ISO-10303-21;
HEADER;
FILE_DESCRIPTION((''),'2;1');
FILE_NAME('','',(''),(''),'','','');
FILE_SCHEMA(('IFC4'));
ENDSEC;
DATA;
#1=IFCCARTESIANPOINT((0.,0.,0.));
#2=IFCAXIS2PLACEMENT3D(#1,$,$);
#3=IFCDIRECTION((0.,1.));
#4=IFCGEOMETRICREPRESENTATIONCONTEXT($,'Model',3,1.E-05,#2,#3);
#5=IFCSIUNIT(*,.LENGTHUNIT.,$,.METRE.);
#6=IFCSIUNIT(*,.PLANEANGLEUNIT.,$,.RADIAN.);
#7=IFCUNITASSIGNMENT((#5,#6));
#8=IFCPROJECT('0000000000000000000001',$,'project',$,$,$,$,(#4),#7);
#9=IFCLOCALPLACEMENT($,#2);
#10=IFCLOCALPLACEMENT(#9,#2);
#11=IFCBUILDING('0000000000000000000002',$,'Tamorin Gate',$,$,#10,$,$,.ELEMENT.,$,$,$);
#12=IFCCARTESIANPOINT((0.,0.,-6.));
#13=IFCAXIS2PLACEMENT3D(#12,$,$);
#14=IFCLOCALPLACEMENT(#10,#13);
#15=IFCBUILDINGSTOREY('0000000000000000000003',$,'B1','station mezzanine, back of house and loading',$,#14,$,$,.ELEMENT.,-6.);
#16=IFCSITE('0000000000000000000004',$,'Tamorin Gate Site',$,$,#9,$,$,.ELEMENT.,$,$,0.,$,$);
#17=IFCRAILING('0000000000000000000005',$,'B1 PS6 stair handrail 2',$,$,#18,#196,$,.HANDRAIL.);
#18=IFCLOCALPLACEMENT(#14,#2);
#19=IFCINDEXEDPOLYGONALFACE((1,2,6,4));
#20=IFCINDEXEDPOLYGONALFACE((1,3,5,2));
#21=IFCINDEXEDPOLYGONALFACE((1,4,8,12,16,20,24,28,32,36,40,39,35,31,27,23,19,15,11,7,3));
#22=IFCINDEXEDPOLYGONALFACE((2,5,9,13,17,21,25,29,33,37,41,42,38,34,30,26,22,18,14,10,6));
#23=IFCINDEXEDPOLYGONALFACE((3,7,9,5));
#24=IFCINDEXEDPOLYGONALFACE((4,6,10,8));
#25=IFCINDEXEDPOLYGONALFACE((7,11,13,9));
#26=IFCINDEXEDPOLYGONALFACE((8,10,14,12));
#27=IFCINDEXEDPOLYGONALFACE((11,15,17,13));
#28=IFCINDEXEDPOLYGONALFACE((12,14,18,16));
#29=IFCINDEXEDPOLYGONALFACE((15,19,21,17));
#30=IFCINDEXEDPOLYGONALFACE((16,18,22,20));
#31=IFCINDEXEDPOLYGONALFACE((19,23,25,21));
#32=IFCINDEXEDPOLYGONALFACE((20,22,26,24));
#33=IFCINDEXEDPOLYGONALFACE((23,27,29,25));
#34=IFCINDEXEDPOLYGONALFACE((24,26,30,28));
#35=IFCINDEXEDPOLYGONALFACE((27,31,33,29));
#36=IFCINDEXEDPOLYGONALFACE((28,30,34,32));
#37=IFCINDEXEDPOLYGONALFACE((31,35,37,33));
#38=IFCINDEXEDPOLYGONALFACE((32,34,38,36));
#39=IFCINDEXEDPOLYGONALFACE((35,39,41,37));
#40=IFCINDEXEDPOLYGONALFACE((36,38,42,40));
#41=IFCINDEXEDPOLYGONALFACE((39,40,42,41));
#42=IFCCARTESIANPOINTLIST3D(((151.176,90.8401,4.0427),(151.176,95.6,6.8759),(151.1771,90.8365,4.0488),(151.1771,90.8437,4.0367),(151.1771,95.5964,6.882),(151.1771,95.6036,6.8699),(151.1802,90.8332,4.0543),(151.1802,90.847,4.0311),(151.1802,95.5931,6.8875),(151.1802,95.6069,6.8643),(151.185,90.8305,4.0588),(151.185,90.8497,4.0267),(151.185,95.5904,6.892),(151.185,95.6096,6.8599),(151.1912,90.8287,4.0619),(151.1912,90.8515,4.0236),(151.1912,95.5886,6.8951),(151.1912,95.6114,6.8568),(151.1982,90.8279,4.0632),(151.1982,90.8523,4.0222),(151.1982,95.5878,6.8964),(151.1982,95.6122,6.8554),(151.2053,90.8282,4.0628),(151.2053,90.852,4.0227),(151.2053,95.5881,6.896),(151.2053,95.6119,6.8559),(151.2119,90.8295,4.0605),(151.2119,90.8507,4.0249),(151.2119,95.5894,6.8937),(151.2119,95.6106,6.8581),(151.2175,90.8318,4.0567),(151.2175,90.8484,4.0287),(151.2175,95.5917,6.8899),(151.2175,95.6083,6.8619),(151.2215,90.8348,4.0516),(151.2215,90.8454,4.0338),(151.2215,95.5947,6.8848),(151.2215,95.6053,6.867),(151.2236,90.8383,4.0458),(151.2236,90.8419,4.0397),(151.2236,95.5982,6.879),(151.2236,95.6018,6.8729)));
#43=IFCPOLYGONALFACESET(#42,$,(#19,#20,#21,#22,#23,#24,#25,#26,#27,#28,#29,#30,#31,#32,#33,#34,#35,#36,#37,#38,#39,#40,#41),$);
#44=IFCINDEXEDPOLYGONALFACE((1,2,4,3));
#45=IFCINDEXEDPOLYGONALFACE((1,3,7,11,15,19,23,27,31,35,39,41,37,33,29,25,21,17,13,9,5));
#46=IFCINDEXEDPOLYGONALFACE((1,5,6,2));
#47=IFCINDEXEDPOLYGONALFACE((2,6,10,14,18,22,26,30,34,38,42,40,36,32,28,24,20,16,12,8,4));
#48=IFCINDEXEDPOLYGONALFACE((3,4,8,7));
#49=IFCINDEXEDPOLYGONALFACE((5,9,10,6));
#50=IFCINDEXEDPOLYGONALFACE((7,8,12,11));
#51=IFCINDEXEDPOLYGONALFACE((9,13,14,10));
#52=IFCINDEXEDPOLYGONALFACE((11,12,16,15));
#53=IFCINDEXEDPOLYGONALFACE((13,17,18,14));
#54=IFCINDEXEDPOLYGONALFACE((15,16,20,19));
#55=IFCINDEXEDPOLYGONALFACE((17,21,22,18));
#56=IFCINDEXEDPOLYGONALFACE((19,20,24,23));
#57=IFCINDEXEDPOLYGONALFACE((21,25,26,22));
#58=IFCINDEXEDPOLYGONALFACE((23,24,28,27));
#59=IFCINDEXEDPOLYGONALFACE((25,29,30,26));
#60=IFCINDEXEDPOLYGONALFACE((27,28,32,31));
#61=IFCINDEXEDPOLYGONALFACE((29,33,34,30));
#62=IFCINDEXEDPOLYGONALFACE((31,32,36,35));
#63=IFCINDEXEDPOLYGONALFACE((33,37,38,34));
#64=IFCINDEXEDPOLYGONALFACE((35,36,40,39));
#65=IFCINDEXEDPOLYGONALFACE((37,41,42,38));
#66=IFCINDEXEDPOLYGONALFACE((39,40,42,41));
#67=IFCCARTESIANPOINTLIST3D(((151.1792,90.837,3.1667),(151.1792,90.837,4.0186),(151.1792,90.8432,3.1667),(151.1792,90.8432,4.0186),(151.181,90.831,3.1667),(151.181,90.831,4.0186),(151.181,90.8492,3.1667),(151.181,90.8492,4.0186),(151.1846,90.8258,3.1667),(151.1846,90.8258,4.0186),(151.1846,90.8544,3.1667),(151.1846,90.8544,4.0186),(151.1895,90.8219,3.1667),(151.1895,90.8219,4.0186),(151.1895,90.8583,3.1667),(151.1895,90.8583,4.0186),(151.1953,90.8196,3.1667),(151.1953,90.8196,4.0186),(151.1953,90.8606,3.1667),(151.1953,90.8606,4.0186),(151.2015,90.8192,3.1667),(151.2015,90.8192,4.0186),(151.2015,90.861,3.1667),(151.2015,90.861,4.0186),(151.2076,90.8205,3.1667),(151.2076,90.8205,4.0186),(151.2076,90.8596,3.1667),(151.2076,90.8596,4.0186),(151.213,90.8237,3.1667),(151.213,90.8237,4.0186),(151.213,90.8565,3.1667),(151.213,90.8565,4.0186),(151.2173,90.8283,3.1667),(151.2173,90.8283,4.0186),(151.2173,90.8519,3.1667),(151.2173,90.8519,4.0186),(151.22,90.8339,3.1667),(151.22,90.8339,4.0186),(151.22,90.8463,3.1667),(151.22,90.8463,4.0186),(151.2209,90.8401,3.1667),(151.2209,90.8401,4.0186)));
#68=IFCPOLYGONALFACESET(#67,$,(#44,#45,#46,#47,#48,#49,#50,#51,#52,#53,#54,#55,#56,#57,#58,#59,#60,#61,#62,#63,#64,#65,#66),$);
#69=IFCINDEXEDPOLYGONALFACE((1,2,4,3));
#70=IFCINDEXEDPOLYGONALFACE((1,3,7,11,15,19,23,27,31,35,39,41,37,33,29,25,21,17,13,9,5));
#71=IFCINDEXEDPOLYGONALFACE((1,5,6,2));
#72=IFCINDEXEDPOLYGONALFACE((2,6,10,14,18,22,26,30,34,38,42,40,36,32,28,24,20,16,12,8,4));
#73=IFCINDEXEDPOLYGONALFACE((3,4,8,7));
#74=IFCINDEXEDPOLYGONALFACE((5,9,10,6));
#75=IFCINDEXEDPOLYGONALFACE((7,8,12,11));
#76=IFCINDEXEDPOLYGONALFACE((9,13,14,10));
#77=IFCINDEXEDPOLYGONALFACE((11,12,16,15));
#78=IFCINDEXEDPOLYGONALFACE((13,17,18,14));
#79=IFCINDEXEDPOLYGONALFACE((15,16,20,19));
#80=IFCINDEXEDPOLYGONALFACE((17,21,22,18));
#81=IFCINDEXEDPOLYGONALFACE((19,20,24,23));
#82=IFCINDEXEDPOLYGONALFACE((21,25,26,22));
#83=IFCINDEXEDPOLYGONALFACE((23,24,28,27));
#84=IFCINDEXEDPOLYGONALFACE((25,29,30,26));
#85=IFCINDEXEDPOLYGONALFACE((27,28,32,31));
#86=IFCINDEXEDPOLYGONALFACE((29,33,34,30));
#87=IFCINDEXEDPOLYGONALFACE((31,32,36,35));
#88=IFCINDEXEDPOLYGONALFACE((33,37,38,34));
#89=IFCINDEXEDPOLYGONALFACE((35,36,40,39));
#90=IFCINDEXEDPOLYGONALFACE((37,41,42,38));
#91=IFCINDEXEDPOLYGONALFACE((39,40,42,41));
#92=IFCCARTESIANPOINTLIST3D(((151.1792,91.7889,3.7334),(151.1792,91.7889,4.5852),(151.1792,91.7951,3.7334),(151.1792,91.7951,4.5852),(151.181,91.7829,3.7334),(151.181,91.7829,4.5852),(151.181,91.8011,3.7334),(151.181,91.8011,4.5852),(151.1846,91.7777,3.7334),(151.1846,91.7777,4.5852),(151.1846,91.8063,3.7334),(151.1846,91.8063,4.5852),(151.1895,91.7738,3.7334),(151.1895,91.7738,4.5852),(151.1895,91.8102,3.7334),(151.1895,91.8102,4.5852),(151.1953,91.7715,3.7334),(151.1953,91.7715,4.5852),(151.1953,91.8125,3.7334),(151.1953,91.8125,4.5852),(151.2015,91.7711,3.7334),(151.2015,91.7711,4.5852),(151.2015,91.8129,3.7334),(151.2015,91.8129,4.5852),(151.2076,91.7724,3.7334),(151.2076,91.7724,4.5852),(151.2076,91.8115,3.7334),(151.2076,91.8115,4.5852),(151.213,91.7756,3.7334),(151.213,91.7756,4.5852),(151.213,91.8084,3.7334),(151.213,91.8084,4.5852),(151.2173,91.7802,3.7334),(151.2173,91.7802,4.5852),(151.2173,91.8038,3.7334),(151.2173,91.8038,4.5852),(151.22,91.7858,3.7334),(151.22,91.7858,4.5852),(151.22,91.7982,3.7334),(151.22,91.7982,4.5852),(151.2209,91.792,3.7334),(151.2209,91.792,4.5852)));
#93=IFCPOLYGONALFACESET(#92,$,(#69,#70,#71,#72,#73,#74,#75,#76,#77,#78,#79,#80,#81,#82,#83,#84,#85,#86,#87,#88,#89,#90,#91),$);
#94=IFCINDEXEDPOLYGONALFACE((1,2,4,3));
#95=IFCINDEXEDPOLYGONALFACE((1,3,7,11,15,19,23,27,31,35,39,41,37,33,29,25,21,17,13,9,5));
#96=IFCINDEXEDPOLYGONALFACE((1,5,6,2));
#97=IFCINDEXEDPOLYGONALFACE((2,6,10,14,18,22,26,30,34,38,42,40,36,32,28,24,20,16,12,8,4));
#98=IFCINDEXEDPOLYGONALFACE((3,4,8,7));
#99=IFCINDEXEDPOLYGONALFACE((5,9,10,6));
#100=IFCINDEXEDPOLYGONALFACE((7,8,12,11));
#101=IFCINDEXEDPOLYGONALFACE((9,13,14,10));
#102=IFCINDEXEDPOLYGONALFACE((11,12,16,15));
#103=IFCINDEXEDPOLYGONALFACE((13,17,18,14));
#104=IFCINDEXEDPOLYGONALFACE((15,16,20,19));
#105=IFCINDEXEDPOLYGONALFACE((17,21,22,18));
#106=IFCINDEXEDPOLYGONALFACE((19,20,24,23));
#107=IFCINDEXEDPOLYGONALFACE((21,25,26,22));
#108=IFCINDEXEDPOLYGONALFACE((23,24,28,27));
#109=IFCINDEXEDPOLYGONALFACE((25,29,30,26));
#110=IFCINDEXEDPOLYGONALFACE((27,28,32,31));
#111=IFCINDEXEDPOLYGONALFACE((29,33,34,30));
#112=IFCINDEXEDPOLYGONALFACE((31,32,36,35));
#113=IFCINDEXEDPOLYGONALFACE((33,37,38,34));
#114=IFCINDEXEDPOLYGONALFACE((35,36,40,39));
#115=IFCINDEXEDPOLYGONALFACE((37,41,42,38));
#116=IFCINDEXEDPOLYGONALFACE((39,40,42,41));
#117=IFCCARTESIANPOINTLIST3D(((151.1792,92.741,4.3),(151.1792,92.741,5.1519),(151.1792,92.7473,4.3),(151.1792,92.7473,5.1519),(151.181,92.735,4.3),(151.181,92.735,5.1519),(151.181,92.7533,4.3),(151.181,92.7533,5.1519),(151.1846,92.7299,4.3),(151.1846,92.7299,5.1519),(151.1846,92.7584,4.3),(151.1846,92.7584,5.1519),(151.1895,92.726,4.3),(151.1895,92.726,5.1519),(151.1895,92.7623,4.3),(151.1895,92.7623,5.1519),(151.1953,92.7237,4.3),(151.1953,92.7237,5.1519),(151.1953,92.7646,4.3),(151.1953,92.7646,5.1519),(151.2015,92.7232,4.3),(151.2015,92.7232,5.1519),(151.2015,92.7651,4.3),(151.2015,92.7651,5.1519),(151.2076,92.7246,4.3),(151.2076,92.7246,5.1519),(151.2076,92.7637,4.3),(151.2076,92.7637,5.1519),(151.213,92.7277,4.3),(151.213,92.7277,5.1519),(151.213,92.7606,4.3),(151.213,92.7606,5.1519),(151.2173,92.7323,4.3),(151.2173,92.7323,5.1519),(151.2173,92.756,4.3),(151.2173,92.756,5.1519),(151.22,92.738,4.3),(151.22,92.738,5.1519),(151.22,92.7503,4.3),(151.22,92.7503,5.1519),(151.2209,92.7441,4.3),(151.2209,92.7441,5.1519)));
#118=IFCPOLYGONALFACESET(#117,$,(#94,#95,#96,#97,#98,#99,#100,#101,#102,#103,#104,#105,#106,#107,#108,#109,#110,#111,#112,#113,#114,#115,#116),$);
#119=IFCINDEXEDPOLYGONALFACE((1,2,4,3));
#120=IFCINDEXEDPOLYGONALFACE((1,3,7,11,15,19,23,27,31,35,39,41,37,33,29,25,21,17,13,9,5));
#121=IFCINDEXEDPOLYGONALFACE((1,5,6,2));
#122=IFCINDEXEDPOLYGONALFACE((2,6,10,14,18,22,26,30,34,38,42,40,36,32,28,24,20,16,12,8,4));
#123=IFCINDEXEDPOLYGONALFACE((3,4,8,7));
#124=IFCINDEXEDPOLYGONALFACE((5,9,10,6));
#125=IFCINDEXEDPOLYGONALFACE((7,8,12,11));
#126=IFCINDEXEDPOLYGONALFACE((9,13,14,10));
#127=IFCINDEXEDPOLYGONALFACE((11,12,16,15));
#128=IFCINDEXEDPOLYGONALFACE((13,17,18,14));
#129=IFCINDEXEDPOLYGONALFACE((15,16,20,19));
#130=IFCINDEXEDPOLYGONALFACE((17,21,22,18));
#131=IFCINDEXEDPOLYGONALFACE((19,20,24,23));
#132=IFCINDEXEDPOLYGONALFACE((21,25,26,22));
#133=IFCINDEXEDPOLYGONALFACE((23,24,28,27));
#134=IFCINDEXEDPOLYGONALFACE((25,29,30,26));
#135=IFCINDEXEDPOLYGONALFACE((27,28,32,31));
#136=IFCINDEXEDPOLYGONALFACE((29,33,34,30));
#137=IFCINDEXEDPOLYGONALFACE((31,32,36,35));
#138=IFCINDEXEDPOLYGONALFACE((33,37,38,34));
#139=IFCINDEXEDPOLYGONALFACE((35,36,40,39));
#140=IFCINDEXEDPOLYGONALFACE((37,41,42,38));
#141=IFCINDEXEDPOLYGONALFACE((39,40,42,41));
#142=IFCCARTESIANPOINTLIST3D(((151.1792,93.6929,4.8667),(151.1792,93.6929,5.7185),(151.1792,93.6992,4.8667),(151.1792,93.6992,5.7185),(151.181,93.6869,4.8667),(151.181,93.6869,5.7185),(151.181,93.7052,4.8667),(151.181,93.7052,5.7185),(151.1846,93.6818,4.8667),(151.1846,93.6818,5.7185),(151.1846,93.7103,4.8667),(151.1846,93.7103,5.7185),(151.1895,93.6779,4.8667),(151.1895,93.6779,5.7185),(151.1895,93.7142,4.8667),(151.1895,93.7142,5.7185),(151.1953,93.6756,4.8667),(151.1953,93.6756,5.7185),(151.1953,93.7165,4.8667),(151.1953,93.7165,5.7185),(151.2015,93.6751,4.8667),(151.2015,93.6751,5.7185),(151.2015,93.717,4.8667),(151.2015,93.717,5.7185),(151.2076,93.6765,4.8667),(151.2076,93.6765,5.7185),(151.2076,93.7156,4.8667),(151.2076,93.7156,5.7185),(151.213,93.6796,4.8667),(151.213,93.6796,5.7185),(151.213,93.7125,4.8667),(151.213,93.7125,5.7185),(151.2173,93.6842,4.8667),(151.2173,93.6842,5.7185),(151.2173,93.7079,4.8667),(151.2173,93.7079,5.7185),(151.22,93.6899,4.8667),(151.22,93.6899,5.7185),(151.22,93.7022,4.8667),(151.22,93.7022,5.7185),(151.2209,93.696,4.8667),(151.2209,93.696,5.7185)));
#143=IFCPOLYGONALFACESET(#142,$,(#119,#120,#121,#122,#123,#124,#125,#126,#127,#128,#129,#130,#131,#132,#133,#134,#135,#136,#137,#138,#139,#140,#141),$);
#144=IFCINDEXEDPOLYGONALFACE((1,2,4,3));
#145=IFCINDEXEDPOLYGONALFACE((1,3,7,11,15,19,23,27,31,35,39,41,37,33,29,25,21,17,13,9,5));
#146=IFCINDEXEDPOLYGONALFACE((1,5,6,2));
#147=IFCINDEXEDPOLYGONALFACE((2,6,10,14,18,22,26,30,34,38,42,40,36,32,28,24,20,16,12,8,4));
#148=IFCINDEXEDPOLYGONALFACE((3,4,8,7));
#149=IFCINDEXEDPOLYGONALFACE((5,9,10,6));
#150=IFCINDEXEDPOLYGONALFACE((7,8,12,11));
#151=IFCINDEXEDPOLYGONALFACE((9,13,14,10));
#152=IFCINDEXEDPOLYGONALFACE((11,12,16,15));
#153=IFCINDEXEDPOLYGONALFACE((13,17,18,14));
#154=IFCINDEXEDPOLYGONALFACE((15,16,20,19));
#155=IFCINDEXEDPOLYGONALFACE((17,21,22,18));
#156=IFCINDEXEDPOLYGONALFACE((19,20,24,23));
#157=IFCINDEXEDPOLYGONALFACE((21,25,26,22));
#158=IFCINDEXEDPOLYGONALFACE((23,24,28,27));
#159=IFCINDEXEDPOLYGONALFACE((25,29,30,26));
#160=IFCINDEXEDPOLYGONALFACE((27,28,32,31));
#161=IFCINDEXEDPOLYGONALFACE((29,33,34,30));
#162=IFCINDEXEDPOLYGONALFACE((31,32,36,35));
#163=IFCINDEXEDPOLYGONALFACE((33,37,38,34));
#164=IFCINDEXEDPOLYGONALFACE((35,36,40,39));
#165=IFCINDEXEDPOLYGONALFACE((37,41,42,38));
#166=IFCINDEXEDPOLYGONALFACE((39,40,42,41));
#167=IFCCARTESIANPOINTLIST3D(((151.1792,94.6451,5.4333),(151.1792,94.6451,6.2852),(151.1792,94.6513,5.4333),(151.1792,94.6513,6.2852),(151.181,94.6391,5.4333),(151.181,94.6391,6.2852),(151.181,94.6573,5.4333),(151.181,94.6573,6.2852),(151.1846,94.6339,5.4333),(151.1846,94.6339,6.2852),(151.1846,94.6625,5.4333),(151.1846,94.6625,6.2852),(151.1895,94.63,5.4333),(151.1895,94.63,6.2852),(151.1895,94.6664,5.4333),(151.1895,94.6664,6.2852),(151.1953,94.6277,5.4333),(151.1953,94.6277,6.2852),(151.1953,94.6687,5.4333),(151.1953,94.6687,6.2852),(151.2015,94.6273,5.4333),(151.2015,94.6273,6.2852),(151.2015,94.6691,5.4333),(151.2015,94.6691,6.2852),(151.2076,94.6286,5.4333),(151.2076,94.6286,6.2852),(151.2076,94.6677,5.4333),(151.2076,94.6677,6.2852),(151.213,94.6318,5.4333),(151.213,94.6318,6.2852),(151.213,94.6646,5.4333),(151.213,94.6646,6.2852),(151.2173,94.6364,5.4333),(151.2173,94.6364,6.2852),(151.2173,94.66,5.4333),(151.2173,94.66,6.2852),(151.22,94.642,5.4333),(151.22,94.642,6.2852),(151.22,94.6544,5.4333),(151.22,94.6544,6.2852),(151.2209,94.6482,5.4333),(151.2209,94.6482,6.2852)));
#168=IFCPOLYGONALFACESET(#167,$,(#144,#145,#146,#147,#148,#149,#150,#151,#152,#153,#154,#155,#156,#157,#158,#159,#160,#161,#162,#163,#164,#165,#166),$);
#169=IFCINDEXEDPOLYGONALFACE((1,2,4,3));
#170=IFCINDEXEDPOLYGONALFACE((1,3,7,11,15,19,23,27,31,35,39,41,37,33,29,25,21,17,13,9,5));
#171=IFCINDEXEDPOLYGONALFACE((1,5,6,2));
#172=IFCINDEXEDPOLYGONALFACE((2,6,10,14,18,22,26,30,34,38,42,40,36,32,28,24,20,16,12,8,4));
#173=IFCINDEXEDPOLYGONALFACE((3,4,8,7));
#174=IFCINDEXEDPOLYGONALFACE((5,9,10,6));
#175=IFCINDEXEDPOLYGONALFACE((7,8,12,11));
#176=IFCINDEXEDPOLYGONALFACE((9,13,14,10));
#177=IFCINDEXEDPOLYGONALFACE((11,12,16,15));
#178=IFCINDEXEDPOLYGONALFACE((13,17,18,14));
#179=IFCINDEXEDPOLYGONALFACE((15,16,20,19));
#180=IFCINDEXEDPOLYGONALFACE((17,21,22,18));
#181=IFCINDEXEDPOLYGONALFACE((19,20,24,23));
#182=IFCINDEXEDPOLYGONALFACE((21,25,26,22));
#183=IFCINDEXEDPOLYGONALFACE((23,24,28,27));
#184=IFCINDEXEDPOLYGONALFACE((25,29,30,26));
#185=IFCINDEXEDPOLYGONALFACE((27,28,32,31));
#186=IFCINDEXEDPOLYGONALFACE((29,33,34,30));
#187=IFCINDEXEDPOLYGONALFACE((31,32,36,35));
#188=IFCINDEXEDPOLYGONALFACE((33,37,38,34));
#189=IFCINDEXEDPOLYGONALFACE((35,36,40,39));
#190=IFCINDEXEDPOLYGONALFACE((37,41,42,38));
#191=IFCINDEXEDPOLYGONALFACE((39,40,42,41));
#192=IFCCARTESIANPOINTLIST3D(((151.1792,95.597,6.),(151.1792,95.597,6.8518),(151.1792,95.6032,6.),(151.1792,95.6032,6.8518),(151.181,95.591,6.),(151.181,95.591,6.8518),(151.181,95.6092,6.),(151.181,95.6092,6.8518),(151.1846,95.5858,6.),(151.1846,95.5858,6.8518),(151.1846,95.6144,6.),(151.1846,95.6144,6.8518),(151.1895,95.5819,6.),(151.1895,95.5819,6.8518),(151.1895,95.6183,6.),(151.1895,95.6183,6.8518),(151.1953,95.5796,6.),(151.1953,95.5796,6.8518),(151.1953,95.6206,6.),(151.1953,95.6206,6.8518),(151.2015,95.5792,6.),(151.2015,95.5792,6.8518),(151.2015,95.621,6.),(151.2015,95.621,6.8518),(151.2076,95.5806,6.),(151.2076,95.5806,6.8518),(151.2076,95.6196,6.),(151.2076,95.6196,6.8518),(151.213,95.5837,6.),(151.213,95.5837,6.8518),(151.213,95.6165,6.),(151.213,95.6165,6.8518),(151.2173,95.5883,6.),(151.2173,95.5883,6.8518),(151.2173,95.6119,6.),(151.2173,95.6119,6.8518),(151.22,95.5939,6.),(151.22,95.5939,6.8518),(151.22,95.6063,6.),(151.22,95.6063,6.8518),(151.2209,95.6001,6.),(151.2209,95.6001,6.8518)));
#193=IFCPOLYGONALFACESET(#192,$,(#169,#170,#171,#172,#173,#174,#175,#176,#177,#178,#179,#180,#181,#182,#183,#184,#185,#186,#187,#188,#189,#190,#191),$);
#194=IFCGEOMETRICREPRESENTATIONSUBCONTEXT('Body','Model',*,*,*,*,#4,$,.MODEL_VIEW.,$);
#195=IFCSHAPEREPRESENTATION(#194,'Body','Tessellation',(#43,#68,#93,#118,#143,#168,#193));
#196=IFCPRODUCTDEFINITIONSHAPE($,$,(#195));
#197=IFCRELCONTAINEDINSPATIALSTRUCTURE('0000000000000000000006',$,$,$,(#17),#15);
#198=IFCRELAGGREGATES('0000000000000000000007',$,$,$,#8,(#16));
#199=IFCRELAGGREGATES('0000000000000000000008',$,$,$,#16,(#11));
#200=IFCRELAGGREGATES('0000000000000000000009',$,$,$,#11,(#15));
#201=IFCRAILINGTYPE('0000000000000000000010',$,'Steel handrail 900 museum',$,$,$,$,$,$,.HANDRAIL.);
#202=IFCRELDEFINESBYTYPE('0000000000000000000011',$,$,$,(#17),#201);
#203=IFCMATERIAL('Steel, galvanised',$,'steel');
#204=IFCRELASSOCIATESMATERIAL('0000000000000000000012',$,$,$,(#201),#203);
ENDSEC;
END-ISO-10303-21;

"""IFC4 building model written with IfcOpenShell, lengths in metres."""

from ifc_helpers import new_model, si_unit, direction, frame, origin, origin_2d, place, context, subcontext, project, spatial, circle, extrude, material, type_object, element, save


model = new_model("IFC4")

# Units and contexts
model_context = context("Model", 3, precision=1e-05, world=origin(), true_north=direction((0.0, 1.0)))
body_context = subcontext(model_context, "Body", "Model", "MODEL_VIEW")
ifc_project = project(units=[si_unit("LENGTHUNIT", "METRE"), si_unit("PLANEANGLEUNIT", "RADIAN")], contexts=[model_context])

# Site, building, storey
site_placement = place(None, origin())
site = spatial("IfcSite", under=ifc_project, at=site_placement, Name="Tamorin Gate Site", CompositionType="ELEMENT", RefElevation=0.0)
building_placement = place(site_placement, origin())
building = spatial("IfcBuilding", under=site, at=building_placement, Name="Tamorin Gate", CompositionType="ELEMENT")
storey_placement = place(building_placement, frame((0.0, 0.0, -6.0)))
storey = spatial("IfcBuildingStorey", under=building, at=storey_placement, Name="B1", Description="station mezzanine, back of house and loading", CompositionType="ELEMENT", Elevation=-6.0)

# Railing
ifc_material_1 = material(Name="Steel, galvanised", Category="steel")
railing_type_1 = type_object("IfcRailingType", Name="Steel handrail 900 museum", PredefinedType="HANDRAIL", material=ifc_material_1)
railing_1_placement = place(storey_placement, frame((151.2, 90.8401, 3.1667)))
element("IfcRailing", 1, at=railing_1_placement, inside=storey, type_object=railing_type_1, Name="B1 PS6 stair handrail 2", PredefinedType="HANDRAIL", context=body_context, shape_type="SweptSolid", body=[
    extrude(circle(Radius=0.0239, at=origin_2d()), frame((0.0, 0.0, 0.876), z_axis=(0.0, 0.8593, 0.511472), x_axis=(-1.0, 0.0, 0.0)), (0.0, 0.0, 1.0), 5.5393),
    extrude(circle(Radius=0.021, at=origin_2d()), origin(), (0.0, 0.0, 1.0), 0.8518),
    extrude(circle(Radius=0.021, at=origin_2d()), frame((0.0, 0.9519, 0.5667)), (0.0, 0.0, 1.0), 0.8518),
    extrude(circle(Radius=0.021, at=origin_2d()), frame((0.0, 1.9041, 1.1333)), (0.0, 0.0, 1.0), 0.8518),
    extrude(circle(Radius=0.021, at=origin_2d()), frame((0.0, 2.856, 1.7)), (0.0, 0.0, 1.0), 0.8518),
    extrude(circle(Radius=0.021, at=origin_2d()), frame((0.0, 3.8081, 2.2666)), (0.0, 0.0, 1.0), 0.8518),
    extrude(circle(Radius=0.021, at=origin_2d()), frame((0.0, 4.76, 2.8333)), (0.0, 0.0, 1.0), 0.8518),
])

save(model, "model.ifc")
